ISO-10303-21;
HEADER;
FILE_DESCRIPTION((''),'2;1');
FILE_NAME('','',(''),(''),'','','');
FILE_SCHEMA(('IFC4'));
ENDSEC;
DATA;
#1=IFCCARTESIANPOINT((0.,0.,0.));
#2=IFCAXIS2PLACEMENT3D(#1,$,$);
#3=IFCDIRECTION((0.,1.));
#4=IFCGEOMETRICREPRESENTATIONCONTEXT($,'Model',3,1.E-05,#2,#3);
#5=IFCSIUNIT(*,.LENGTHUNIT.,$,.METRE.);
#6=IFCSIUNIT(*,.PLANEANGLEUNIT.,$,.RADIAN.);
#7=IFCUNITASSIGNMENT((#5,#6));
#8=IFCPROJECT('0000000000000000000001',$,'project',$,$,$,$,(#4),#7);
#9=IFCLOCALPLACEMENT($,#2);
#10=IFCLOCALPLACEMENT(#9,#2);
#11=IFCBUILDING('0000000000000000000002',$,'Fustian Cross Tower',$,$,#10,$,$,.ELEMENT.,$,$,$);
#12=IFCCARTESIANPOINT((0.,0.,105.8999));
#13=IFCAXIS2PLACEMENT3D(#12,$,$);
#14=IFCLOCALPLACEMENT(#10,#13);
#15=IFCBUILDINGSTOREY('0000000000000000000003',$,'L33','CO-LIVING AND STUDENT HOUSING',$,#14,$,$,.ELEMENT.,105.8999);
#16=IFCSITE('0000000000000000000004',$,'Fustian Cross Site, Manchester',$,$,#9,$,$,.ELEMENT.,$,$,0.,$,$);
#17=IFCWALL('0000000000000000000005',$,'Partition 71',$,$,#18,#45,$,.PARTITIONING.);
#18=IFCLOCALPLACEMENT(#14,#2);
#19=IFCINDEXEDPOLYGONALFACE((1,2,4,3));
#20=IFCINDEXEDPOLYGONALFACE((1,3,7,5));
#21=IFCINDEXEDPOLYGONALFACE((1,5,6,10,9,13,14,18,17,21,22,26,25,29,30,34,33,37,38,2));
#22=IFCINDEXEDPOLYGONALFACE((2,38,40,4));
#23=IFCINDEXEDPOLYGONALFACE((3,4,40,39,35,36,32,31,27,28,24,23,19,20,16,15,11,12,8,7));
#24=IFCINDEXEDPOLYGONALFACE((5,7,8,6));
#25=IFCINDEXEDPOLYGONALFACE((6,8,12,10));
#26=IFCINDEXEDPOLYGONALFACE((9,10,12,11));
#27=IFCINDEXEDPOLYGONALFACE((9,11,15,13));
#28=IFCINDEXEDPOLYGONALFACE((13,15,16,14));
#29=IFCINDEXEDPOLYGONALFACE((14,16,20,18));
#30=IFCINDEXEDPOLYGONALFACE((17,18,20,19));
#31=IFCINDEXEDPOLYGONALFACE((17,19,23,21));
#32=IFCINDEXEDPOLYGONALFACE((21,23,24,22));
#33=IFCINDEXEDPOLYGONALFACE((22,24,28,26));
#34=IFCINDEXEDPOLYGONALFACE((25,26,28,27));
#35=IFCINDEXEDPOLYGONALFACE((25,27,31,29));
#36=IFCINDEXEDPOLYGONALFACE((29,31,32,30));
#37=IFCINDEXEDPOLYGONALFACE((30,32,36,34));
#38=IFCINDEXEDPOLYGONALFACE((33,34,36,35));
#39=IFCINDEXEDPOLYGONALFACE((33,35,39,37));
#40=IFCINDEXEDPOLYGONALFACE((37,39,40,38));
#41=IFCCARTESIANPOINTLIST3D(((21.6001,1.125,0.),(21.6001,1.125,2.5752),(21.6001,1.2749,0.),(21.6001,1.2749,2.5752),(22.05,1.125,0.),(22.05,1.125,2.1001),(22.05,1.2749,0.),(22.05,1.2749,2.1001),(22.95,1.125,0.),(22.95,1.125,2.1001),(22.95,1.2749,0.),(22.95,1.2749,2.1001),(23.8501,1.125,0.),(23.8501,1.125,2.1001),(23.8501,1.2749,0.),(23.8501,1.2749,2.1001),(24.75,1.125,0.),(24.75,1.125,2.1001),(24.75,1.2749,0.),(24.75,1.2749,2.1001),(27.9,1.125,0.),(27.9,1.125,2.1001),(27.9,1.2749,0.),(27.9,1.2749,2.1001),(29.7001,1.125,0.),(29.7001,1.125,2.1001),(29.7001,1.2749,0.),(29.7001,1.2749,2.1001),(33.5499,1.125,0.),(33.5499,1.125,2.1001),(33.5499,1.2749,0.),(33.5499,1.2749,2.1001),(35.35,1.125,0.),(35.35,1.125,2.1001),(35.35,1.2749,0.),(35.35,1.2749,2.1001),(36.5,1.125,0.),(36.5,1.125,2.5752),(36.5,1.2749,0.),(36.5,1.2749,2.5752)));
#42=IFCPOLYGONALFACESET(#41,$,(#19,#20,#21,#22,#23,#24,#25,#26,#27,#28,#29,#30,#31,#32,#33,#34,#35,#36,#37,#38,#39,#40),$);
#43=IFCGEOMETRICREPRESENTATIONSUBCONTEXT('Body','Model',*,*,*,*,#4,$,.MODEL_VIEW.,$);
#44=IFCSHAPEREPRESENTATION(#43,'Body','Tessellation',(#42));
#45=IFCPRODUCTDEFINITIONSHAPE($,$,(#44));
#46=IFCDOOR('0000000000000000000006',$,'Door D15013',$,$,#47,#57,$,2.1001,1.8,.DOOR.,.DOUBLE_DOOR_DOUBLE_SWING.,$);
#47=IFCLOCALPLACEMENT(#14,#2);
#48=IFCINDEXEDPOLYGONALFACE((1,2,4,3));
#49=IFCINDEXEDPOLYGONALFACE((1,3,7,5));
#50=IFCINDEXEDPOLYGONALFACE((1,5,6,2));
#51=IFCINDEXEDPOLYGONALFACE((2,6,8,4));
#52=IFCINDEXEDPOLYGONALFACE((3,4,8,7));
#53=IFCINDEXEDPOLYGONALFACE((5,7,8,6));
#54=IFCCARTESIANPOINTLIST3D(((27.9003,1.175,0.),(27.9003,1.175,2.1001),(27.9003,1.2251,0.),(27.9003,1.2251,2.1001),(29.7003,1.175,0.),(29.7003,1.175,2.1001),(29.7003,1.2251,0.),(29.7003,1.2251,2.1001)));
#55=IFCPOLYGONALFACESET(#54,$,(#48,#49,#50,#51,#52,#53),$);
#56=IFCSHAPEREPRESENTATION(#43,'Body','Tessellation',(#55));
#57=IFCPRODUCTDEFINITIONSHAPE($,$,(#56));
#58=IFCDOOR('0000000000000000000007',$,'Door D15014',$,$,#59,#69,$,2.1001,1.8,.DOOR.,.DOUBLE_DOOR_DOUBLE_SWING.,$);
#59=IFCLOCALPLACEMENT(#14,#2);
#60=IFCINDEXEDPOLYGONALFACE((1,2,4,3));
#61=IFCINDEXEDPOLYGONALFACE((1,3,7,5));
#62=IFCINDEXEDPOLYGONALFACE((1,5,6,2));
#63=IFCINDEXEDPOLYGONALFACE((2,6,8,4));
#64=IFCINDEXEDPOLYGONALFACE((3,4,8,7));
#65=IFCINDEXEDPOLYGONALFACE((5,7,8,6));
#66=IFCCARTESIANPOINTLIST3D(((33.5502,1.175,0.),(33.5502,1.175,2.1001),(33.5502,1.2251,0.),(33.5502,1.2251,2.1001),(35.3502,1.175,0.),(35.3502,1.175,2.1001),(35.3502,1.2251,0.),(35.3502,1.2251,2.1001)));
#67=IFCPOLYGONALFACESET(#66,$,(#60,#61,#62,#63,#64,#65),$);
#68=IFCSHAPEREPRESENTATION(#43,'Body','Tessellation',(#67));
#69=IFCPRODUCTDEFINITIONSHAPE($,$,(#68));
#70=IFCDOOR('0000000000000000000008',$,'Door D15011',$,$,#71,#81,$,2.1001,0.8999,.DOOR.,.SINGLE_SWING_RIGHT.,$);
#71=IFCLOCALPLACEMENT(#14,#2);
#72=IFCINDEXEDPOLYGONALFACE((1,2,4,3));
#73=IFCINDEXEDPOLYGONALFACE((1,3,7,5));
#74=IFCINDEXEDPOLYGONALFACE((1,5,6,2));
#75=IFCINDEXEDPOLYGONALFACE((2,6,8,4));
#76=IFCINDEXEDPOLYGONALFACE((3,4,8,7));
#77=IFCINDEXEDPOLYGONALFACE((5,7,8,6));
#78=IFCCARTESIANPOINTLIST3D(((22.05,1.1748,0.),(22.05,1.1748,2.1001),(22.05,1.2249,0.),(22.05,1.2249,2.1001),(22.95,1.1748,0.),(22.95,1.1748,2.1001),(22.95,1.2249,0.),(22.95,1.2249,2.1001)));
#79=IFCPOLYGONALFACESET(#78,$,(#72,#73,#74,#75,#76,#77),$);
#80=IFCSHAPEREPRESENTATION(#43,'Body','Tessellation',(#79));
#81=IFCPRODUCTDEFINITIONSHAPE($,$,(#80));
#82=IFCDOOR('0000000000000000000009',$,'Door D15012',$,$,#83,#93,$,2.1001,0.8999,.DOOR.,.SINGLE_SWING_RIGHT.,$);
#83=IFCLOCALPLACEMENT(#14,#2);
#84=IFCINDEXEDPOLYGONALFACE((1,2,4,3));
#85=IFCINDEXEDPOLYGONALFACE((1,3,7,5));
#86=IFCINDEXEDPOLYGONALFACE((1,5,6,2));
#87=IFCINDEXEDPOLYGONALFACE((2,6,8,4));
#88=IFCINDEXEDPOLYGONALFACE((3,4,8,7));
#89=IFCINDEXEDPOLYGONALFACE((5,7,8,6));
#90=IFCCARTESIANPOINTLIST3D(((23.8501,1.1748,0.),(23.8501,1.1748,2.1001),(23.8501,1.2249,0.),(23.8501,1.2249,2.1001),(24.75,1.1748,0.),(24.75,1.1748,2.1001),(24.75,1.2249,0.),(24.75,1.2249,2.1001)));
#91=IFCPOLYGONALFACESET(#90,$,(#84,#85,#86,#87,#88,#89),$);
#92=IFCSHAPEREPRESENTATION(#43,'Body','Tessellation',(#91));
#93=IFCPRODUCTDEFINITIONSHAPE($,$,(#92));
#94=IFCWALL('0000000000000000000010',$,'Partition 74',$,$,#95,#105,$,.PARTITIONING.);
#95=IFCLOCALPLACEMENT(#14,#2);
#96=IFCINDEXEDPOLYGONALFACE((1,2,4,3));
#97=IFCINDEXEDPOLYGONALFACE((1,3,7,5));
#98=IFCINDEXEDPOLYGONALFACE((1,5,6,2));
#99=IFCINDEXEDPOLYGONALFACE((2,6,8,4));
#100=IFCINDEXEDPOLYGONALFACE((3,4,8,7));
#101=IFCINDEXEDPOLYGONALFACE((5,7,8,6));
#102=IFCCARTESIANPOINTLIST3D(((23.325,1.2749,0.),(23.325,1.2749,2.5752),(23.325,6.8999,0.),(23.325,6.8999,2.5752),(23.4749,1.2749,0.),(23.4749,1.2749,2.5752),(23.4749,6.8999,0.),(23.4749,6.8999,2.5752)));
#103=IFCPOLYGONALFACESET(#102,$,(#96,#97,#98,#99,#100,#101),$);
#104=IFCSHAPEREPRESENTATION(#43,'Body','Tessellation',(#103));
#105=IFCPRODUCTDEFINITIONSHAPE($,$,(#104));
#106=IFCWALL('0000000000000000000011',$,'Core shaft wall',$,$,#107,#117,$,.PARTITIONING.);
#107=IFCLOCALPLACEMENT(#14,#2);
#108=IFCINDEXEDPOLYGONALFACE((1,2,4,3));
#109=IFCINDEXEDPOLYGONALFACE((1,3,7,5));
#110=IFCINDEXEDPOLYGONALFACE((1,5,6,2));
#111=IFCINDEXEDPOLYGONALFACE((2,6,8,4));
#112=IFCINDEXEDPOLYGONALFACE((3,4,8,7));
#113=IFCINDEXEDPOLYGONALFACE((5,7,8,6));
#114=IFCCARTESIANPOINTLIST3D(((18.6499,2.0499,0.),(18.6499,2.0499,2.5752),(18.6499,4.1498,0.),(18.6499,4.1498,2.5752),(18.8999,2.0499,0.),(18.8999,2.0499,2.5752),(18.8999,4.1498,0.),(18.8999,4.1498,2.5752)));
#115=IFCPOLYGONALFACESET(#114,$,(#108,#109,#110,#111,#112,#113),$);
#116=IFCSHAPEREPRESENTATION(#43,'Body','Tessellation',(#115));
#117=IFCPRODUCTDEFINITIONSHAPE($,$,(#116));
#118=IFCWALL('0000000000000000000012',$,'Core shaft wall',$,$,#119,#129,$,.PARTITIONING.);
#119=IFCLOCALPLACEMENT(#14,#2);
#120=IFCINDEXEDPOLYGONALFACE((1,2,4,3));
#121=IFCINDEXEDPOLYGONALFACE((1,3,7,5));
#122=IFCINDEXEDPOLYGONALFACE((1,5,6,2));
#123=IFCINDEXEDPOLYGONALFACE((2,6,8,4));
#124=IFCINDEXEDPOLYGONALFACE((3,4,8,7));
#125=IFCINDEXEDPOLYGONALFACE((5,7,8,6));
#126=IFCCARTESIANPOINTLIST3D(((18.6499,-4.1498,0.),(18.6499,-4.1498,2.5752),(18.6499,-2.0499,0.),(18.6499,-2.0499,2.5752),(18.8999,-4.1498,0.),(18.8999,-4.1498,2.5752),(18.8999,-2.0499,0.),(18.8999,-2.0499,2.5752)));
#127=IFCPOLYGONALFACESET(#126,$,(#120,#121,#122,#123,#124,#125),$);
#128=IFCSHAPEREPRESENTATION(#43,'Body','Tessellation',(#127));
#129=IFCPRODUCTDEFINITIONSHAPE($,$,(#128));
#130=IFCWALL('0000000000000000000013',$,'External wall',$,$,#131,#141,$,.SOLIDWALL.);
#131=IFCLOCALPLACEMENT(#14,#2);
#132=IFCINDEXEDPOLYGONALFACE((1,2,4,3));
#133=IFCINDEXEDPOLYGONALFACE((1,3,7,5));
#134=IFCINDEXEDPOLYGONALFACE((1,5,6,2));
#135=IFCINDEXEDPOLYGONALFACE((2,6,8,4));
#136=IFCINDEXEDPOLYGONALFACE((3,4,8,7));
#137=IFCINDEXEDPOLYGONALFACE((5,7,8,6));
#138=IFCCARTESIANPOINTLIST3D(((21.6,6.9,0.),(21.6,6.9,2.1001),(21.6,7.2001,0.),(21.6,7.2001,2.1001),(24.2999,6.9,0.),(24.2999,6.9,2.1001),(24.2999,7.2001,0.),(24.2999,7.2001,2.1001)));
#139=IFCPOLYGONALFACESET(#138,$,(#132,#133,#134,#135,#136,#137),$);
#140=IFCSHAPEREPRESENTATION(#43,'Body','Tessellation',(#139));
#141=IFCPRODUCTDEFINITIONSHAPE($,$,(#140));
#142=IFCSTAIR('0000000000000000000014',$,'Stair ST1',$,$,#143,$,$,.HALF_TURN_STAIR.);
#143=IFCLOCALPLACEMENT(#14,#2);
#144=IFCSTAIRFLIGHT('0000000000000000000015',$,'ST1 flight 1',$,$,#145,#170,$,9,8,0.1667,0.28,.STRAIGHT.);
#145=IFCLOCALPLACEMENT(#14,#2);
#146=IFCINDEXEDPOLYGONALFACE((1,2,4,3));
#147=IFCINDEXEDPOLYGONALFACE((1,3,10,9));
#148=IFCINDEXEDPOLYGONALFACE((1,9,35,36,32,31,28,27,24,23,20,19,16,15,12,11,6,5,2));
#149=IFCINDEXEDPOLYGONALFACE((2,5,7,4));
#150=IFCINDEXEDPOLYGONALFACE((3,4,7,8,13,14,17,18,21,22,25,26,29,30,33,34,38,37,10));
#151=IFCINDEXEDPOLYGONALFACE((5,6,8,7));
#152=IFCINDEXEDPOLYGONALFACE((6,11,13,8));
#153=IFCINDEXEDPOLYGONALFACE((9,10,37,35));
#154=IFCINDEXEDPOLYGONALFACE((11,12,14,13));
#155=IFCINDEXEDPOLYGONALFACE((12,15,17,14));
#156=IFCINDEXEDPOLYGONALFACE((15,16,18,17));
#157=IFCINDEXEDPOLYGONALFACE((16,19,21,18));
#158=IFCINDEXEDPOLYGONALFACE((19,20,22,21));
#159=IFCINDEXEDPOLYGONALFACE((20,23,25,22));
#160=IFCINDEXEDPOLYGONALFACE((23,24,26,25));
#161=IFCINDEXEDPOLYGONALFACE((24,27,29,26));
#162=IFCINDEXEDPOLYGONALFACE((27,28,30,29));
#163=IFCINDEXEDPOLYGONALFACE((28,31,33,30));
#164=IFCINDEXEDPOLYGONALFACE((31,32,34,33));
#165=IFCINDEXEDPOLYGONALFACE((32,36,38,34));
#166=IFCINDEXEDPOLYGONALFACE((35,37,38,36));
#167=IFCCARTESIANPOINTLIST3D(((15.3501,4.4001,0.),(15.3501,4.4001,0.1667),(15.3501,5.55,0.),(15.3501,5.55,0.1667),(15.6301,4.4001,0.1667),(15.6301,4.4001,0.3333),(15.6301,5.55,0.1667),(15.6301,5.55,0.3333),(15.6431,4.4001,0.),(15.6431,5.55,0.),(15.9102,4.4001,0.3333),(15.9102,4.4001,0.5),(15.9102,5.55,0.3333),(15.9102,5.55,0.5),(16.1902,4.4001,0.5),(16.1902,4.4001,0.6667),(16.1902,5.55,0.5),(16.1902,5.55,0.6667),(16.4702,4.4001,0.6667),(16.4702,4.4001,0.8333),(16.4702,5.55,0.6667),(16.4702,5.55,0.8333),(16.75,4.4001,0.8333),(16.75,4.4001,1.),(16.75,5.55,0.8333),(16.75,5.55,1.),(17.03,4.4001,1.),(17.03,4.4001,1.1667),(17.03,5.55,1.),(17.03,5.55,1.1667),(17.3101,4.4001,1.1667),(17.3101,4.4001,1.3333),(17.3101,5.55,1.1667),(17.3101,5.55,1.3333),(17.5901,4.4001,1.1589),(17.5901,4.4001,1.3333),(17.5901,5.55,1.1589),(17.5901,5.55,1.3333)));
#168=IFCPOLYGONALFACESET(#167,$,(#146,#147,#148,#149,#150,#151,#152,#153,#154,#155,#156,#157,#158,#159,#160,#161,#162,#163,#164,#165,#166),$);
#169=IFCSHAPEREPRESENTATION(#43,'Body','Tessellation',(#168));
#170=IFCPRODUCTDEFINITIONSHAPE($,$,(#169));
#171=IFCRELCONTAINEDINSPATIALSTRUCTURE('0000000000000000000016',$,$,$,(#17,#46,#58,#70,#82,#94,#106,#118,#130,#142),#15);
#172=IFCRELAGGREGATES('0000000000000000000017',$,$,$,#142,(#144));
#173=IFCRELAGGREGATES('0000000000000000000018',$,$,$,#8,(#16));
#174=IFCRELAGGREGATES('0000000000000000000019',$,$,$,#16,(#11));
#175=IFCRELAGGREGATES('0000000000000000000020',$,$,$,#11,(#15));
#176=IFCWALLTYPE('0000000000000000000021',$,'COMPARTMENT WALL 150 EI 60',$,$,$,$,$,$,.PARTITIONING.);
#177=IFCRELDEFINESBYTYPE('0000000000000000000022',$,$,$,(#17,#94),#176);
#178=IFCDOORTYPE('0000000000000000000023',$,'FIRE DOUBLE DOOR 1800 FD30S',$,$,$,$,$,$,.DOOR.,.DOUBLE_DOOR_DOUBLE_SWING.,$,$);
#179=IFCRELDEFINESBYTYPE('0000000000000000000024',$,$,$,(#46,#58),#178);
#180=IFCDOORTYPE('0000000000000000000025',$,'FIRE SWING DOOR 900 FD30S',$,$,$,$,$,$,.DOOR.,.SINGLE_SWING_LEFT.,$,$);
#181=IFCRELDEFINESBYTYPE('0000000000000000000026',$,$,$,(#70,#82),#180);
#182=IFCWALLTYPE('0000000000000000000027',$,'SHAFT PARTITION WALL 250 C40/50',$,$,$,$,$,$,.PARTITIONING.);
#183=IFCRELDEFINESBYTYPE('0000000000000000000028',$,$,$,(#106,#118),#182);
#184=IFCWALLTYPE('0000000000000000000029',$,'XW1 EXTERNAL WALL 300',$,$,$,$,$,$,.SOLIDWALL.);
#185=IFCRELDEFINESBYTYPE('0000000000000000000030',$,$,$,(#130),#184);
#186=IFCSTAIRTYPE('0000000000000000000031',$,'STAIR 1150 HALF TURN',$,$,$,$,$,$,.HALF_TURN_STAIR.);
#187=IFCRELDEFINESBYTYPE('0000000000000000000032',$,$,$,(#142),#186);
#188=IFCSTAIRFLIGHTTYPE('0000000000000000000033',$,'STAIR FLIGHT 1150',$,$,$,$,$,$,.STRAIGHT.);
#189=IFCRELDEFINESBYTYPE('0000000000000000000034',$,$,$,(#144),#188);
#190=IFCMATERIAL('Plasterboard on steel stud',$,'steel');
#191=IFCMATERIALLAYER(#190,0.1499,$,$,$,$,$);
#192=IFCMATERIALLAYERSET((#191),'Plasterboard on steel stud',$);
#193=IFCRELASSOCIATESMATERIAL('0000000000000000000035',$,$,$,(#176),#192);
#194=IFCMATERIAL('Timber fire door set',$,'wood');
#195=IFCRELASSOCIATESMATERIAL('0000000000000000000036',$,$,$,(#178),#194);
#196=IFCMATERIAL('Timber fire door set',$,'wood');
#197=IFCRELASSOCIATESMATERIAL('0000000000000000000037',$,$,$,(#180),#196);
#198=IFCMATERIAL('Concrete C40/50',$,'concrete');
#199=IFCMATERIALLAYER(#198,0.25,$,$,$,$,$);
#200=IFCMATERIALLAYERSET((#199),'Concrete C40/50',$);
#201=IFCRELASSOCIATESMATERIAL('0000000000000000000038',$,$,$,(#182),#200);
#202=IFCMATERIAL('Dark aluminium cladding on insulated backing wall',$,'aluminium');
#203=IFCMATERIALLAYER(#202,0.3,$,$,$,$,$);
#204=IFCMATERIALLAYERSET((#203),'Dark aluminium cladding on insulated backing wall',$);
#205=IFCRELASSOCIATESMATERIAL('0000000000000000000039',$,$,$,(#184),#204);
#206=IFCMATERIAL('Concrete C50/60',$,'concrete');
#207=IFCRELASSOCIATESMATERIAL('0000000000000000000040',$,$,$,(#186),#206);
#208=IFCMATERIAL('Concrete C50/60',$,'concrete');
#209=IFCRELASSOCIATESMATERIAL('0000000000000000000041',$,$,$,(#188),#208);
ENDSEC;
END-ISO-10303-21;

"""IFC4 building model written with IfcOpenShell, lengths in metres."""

from ifc_helpers import new_model, si_unit, direction, frame, frame_2d, origin, place, context, subcontext, project, spatial, polyline, rectangle, outline, extrude, material, layer, layer_set, type_object, element, fill, aggregate, save


model = new_model("IFC4")

# Units and contexts
model_context = context("Model", 3, precision=1e-05, world=origin(), true_north=direction((0.0, 1.0)))
body_context = subcontext(model_context, "Body", "Model", "MODEL_VIEW")
ifc_project = project(units=[si_unit("LENGTHUNIT", "METRE"), si_unit("PLANEANGLEUNIT", "RADIAN")], contexts=[model_context])

# Site, building, storey
site_placement = place(None, origin())
site = spatial("IfcSite", under=ifc_project, at=site_placement, Name="Fustian Cross Site, Manchester", CompositionType="ELEMENT", RefElevation=0.0)
building_placement = place(site_placement, origin())
building = spatial("IfcBuilding", under=site, at=building_placement, Name="Fustian Cross Tower", CompositionType="ELEMENT")
storey_placement = place(building_placement, frame((0.0, 0.0, 105.8999)))
storey = spatial("IfcBuildingStorey", under=building, at=storey_placement, Name="L33", Description="CO-LIVING AND STUDENT HOUSING", CompositionType="ELEMENT", Elevation=105.8999)

# Wall, openings, doors
ifc_material_1 = material(Name="Plasterboard on steel stud", Category="steel")
ifc_layer_1 = layer(ifc_material_1, 0.1499)
ifc_layer_set_1 = layer_set([ifc_layer_1], Name="Plasterboard on steel stud")
wall_type_1 = type_object("IfcWallType", Name="COMPARTMENT WALL 150 EI 60", PredefinedType="PARTITIONING", material=ifc_layer_set_1)
ifc_material_2 = material(Name="Timber fire door set", Category="wood")
door_type_1 = type_object("IfcDoorType", Name="FIRE DOUBLE DOOR 1800 FD30S", OperationType="DOUBLE_DOOR_DOUBLE_SWING", PredefinedType="DOOR", material=ifc_material_2)
wall_1_placement = place(storey_placement, frame((21.6001, 1.2, 0.0), z_axis=(0.0, 0.0, 1.0), x_axis=(1.0, 0.0, 0.0)))
wall_1 = element("IfcWall", 1, at=wall_1_placement, inside=storey, type_object=wall_type_1, Name="Partition 71", PredefinedType="PARTITIONING", context=body_context, shape_type="SweptSolid", body=[
    extrude(rectangle(XDim=14.8999, YDim=0.1499, at=frame_2d((7.45, 0.0))), origin(), (0.0, 0.0, 1.0), 2.5752),
])
opening_1_placement = place(wall_1_placement, frame((0.45, 0.0, 0.0)))
opening_1 = element("IfcOpeningElement", 2, at=opening_1_placement, cuts=wall_1, PredefinedType="OPENING", context=body_context, shape_type="SweptSolid", body=[
    extrude(rectangle(XDim=0.8999, YDim=2.1001, at=frame_2d((0.45, 1.05))), frame((0.0, 0.085, 0.0), z_axis=(0.0, -1.0, 0.0), x_axis=(1.0, 0.0, 0.0)), (0.0, 0.0, 1.0), 0.1699),
])
opening_2_placement = place(wall_1_placement, frame((2.25, 0.0, 0.0)))
opening_2 = element("IfcOpeningElement", 3, at=opening_2_placement, cuts=wall_1, PredefinedType="OPENING", context=body_context, shape_type="SweptSolid", body=[
    extrude(rectangle(XDim=0.8999, YDim=2.1001, at=frame_2d((0.45, 1.05))), frame((0.0, 0.085, 0.0), z_axis=(0.0, -1.0, 0.0), x_axis=(1.0, 0.0, 0.0)), (0.0, 0.0, 1.0), 0.1699),
])
opening_3_placement = place(wall_1_placement, frame((6.3, 0.0, 0.0)))
opening_3 = element("IfcOpeningElement", 4, at=opening_3_placement, cuts=wall_1, PredefinedType="OPENING", context=body_context, shape_type="SweptSolid", body=[
    extrude(rectangle(XDim=1.8, YDim=2.1001, at=frame_2d((0.8999, 1.05))), frame((0.0, 0.085, 0.0), z_axis=(0.0, -1.0, 0.0), x_axis=(1.0, 0.0, 0.0)), (0.0, 0.0, 1.0), 0.1699),
])
opening_4_placement = place(wall_1_placement, frame((11.95, 0.0, 0.0)))
opening_4 = element("IfcOpeningElement", 5, at=opening_4_placement, cuts=wall_1, PredefinedType="OPENING", context=body_context, shape_type="SweptSolid", body=[
    extrude(rectangle(XDim=1.8, YDim=2.1001, at=frame_2d((0.8999, 1.05))), frame((0.0, 0.085, 0.0), z_axis=(0.0, -1.0, 0.0), x_axis=(1.0, 0.0, 0.0)), (0.0, 0.0, 1.0), 0.1699),
])
door_1_placement = place(opening_3_placement, frame((1.8, 0.0, 0.0), z_axis=(0.0, 0.0, 1.0), x_axis=(-1.0, 0.0, 0.0)))
door_1 = element("IfcDoor", 6, at=door_1_placement, inside=storey, type_object=door_type_1, Name="Door D15013", OperationType="DOUBLE_DOOR_DOUBLE_SWING", OverallHeight=2.1001, OverallWidth=1.8, PredefinedType="DOOR", context=body_context, shape_type="SweptSolid", body=[
    extrude(rectangle(XDim=1.8, YDim=2.1001, at=frame_2d((0.8999, 1.05))), frame((0.0, 0.0249, 0.0), z_axis=(0.0, -1.0, 0.0), x_axis=(1.0, 0.0, 0.0)), (0.0, 0.0, 1.0), 0.05),
])
fill(opening_3, door_1)
door_2_placement = place(opening_4_placement, frame((1.8, 0.0, 0.0), z_axis=(0.0, 0.0, 1.0), x_axis=(-1.0, 0.0, 0.0)))
door_2 = element("IfcDoor", 7, at=door_2_placement, inside=storey, type_object=door_type_1, Name="Door D15014", OperationType="DOUBLE_DOOR_DOUBLE_SWING", OverallHeight=2.1001, OverallWidth=1.8, PredefinedType="DOOR", context=body_context, shape_type="SweptSolid", body=[
    extrude(rectangle(XDim=1.8, YDim=2.1001, at=frame_2d((0.8999, 1.05))), frame((0.0, 0.0249, 0.0), z_axis=(0.0, -1.0, 0.0), x_axis=(1.0, 0.0, 0.0)), (0.0, 0.0, 1.0), 0.05),
])
fill(opening_4, door_2)
ifc_material_3 = material(Name="Timber fire door set", Category="wood")
door_type_2 = type_object("IfcDoorType", Name="FIRE SWING DOOR 900 FD30S", OperationType="SINGLE_SWING_LEFT", PredefinedType="DOOR", material=ifc_material_3)
door_3_placement = place(opening_1_placement, origin())
door_3 = element("IfcDoor", 8, at=door_3_placement, inside=storey, type_object=door_type_2, Name="Door D15011", OperationType="SINGLE_SWING_RIGHT", OverallHeight=2.1001, OverallWidth=0.8999, PredefinedType="DOOR", context=body_context, shape_type="SweptSolid", body=[
    extrude(rectangle(XDim=0.8999, YDim=2.1001, at=frame_2d((0.45, 1.05))), frame((0.0, 0.0249, 0.0), z_axis=(0.0, -1.0, 0.0), x_axis=(1.0, 0.0, 0.0)), (0.0, 0.0, 1.0), 0.05),
])
fill(opening_1, door_3)
door_4_placement = place(opening_2_placement, origin())
door_4 = element("IfcDoor", 9, at=door_4_placement, inside=storey, type_object=door_type_2, Name="Door D15012", OperationType="SINGLE_SWING_RIGHT", OverallHeight=2.1001, OverallWidth=0.8999, PredefinedType="DOOR", context=body_context, shape_type="SweptSolid", body=[
    extrude(rectangle(XDim=0.8999, YDim=2.1001, at=frame_2d((0.45, 1.05))), frame((0.0, 0.0249, 0.0), z_axis=(0.0, -1.0, 0.0), x_axis=(1.0, 0.0, 0.0)), (0.0, 0.0, 1.0), 0.05),
])
fill(opening_2, door_4)

# Walls
wall_2_placement = place(storey_placement, frame((23.3999, 1.2749, 0.0), z_axis=(0.0, 0.0, 1.0), x_axis=(0.0, 1.0, 0.0)))
element("IfcWall", 10, at=wall_2_placement, inside=storey, type_object=wall_type_1, Name="Partition 74", PredefinedType="PARTITIONING", context=body_context, shape_type="SweptSolid", body=[
    extrude(rectangle(XDim=5.625, YDim=0.1499, at=frame_2d((2.8125, 0.0))), origin(), (0.0, 0.0, 1.0), 2.5752),
])
ifc_material_4 = material(Name="Concrete C40/50", Category="concrete")
ifc_layer_2 = layer(ifc_material_4, 0.25)
ifc_layer_set_2 = layer_set([ifc_layer_2], Name="Concrete C40/50")
wall_type_2 = type_object("IfcWallType", Name="SHAFT PARTITION WALL 250 C40/50", PredefinedType="PARTITIONING", material=ifc_layer_set_2)
for number, where, z_axis, x_axis, name in (
    (11, (18.7749, 2.05, 0.0), (0.0, 0.0, 1.0), (0.0, 1.0, 0.0), "Core shaft wall"),
    (12, (18.7749, -2.05, 0.0), (0.0, 0.0, 1.0), (0.0, -1.0, 0.0), "Core shaft wall"),
):
    element("IfcWall", number, at=place(storey_placement, frame(where, z_axis=z_axis, x_axis=x_axis)), inside=storey, type_object=wall_type_2, Name=name, PredefinedType="PARTITIONING", context=body_context, shape_type="SweptSolid", body=[
        extrude(rectangle(XDim=2.0999, YDim=0.25, at=frame_2d((1.0498, 0.0))), origin(), (0.0, 0.0, 1.0), 2.5752),
    ])
ifc_material_5 = material(Name="Dark aluminium cladding on insulated backing wall", Category="aluminium")
ifc_layer_3 = layer(ifc_material_5, 0.3)
ifc_layer_set_3 = layer_set([ifc_layer_3], Name="Dark aluminium cladding on insulated backing wall")
wall_type_3 = type_object("IfcWallType", Name="XW1 EXTERNAL WALL 300", PredefinedType="SOLIDWALL", material=ifc_layer_set_3)
wall_3_placement = place(storey_placement, frame((24.3, 7.05, 0.0), z_axis=(0.0, 0.0, 1.0), x_axis=(-1.0, 0.0, 0.0)))
element("IfcWall", 13, at=wall_3_placement, inside=storey, type_object=wall_type_3, Name="External wall", PredefinedType="SOLIDWALL", context=body_context, shape_type="SweptSolid", body=[
    extrude(rectangle(XDim=2.7, YDim=0.3, at=frame_2d((1.3501, 0.0))), origin(), (0.0, 0.0, 1.0), 2.1001),
])

# Stair, stair flight
ifc_material_6 = material(Name="Concrete C50/60", Category="concrete")
stair_type = type_object("IfcStairType", Name="STAIR 1150 HALF TURN", PredefinedType="HALF_TURN_STAIR", material=ifc_material_6)
stair_placement = place(storey_placement, origin())
stair = element("IfcStair", 14, at=stair_placement, inside=storey, type_object=stair_type, Name="Stair ST1", PredefinedType="HALF_TURN_STAIR")
ifc_material_7 = material(Name="Concrete C50/60", Category="concrete")
stair_flight_type = type_object("IfcStairFlightType", Name="STAIR FLIGHT 1150", PredefinedType="STRAIGHT", material=ifc_material_7)
stair_flight_1_placement = place(storey_placement, frame((15.3501, 4.9751, 0.0), z_axis=(0.0, 0.0, 1.0), x_axis=(1.0, 0.0, 0.0)))
stair_flight_1 = element("IfcStairFlight", 15, at=stair_flight_1_placement, type_object=stair_flight_type, Name="ST1 flight 1", NumberOfRisers=9, NumberOfTreads=8, PredefinedType="STRAIGHT", RiserHeight=0.1667, TreadLength=0.28, context=body_context, shape_type="SweptSolid", body=[
    extrude(outline(polyline([(0.0, 0.0), (0.0, 0.1667), (0.28, 0.1667), (0.28, 0.3333), (0.5601, 0.3333), (0.5601, 0.5), (0.8401, 0.5), (0.8401, 0.6667), (1.1201, 0.6667), (1.1201, 0.8333), (1.3999, 0.8333), (1.3999, 1.0), (1.6799, 1.0), (1.6799, 1.1667), (1.96, 1.1667), (1.96, 1.3333), (2.24, 1.3333), (2.24, 1.5), (2.24, 1.1589), (0.293, 0.0), (0.0, 0.0)])), frame((0.0, 0.575, 0.0), z_axis=(0.0, -1.0, 0.0), x_axis=(1.0, 0.0, 0.0)), (0.0, 0.0, 1.0), 1.1499),
])
aggregate(stair, [stair_flight_1])

save(model, "model.ifc")
